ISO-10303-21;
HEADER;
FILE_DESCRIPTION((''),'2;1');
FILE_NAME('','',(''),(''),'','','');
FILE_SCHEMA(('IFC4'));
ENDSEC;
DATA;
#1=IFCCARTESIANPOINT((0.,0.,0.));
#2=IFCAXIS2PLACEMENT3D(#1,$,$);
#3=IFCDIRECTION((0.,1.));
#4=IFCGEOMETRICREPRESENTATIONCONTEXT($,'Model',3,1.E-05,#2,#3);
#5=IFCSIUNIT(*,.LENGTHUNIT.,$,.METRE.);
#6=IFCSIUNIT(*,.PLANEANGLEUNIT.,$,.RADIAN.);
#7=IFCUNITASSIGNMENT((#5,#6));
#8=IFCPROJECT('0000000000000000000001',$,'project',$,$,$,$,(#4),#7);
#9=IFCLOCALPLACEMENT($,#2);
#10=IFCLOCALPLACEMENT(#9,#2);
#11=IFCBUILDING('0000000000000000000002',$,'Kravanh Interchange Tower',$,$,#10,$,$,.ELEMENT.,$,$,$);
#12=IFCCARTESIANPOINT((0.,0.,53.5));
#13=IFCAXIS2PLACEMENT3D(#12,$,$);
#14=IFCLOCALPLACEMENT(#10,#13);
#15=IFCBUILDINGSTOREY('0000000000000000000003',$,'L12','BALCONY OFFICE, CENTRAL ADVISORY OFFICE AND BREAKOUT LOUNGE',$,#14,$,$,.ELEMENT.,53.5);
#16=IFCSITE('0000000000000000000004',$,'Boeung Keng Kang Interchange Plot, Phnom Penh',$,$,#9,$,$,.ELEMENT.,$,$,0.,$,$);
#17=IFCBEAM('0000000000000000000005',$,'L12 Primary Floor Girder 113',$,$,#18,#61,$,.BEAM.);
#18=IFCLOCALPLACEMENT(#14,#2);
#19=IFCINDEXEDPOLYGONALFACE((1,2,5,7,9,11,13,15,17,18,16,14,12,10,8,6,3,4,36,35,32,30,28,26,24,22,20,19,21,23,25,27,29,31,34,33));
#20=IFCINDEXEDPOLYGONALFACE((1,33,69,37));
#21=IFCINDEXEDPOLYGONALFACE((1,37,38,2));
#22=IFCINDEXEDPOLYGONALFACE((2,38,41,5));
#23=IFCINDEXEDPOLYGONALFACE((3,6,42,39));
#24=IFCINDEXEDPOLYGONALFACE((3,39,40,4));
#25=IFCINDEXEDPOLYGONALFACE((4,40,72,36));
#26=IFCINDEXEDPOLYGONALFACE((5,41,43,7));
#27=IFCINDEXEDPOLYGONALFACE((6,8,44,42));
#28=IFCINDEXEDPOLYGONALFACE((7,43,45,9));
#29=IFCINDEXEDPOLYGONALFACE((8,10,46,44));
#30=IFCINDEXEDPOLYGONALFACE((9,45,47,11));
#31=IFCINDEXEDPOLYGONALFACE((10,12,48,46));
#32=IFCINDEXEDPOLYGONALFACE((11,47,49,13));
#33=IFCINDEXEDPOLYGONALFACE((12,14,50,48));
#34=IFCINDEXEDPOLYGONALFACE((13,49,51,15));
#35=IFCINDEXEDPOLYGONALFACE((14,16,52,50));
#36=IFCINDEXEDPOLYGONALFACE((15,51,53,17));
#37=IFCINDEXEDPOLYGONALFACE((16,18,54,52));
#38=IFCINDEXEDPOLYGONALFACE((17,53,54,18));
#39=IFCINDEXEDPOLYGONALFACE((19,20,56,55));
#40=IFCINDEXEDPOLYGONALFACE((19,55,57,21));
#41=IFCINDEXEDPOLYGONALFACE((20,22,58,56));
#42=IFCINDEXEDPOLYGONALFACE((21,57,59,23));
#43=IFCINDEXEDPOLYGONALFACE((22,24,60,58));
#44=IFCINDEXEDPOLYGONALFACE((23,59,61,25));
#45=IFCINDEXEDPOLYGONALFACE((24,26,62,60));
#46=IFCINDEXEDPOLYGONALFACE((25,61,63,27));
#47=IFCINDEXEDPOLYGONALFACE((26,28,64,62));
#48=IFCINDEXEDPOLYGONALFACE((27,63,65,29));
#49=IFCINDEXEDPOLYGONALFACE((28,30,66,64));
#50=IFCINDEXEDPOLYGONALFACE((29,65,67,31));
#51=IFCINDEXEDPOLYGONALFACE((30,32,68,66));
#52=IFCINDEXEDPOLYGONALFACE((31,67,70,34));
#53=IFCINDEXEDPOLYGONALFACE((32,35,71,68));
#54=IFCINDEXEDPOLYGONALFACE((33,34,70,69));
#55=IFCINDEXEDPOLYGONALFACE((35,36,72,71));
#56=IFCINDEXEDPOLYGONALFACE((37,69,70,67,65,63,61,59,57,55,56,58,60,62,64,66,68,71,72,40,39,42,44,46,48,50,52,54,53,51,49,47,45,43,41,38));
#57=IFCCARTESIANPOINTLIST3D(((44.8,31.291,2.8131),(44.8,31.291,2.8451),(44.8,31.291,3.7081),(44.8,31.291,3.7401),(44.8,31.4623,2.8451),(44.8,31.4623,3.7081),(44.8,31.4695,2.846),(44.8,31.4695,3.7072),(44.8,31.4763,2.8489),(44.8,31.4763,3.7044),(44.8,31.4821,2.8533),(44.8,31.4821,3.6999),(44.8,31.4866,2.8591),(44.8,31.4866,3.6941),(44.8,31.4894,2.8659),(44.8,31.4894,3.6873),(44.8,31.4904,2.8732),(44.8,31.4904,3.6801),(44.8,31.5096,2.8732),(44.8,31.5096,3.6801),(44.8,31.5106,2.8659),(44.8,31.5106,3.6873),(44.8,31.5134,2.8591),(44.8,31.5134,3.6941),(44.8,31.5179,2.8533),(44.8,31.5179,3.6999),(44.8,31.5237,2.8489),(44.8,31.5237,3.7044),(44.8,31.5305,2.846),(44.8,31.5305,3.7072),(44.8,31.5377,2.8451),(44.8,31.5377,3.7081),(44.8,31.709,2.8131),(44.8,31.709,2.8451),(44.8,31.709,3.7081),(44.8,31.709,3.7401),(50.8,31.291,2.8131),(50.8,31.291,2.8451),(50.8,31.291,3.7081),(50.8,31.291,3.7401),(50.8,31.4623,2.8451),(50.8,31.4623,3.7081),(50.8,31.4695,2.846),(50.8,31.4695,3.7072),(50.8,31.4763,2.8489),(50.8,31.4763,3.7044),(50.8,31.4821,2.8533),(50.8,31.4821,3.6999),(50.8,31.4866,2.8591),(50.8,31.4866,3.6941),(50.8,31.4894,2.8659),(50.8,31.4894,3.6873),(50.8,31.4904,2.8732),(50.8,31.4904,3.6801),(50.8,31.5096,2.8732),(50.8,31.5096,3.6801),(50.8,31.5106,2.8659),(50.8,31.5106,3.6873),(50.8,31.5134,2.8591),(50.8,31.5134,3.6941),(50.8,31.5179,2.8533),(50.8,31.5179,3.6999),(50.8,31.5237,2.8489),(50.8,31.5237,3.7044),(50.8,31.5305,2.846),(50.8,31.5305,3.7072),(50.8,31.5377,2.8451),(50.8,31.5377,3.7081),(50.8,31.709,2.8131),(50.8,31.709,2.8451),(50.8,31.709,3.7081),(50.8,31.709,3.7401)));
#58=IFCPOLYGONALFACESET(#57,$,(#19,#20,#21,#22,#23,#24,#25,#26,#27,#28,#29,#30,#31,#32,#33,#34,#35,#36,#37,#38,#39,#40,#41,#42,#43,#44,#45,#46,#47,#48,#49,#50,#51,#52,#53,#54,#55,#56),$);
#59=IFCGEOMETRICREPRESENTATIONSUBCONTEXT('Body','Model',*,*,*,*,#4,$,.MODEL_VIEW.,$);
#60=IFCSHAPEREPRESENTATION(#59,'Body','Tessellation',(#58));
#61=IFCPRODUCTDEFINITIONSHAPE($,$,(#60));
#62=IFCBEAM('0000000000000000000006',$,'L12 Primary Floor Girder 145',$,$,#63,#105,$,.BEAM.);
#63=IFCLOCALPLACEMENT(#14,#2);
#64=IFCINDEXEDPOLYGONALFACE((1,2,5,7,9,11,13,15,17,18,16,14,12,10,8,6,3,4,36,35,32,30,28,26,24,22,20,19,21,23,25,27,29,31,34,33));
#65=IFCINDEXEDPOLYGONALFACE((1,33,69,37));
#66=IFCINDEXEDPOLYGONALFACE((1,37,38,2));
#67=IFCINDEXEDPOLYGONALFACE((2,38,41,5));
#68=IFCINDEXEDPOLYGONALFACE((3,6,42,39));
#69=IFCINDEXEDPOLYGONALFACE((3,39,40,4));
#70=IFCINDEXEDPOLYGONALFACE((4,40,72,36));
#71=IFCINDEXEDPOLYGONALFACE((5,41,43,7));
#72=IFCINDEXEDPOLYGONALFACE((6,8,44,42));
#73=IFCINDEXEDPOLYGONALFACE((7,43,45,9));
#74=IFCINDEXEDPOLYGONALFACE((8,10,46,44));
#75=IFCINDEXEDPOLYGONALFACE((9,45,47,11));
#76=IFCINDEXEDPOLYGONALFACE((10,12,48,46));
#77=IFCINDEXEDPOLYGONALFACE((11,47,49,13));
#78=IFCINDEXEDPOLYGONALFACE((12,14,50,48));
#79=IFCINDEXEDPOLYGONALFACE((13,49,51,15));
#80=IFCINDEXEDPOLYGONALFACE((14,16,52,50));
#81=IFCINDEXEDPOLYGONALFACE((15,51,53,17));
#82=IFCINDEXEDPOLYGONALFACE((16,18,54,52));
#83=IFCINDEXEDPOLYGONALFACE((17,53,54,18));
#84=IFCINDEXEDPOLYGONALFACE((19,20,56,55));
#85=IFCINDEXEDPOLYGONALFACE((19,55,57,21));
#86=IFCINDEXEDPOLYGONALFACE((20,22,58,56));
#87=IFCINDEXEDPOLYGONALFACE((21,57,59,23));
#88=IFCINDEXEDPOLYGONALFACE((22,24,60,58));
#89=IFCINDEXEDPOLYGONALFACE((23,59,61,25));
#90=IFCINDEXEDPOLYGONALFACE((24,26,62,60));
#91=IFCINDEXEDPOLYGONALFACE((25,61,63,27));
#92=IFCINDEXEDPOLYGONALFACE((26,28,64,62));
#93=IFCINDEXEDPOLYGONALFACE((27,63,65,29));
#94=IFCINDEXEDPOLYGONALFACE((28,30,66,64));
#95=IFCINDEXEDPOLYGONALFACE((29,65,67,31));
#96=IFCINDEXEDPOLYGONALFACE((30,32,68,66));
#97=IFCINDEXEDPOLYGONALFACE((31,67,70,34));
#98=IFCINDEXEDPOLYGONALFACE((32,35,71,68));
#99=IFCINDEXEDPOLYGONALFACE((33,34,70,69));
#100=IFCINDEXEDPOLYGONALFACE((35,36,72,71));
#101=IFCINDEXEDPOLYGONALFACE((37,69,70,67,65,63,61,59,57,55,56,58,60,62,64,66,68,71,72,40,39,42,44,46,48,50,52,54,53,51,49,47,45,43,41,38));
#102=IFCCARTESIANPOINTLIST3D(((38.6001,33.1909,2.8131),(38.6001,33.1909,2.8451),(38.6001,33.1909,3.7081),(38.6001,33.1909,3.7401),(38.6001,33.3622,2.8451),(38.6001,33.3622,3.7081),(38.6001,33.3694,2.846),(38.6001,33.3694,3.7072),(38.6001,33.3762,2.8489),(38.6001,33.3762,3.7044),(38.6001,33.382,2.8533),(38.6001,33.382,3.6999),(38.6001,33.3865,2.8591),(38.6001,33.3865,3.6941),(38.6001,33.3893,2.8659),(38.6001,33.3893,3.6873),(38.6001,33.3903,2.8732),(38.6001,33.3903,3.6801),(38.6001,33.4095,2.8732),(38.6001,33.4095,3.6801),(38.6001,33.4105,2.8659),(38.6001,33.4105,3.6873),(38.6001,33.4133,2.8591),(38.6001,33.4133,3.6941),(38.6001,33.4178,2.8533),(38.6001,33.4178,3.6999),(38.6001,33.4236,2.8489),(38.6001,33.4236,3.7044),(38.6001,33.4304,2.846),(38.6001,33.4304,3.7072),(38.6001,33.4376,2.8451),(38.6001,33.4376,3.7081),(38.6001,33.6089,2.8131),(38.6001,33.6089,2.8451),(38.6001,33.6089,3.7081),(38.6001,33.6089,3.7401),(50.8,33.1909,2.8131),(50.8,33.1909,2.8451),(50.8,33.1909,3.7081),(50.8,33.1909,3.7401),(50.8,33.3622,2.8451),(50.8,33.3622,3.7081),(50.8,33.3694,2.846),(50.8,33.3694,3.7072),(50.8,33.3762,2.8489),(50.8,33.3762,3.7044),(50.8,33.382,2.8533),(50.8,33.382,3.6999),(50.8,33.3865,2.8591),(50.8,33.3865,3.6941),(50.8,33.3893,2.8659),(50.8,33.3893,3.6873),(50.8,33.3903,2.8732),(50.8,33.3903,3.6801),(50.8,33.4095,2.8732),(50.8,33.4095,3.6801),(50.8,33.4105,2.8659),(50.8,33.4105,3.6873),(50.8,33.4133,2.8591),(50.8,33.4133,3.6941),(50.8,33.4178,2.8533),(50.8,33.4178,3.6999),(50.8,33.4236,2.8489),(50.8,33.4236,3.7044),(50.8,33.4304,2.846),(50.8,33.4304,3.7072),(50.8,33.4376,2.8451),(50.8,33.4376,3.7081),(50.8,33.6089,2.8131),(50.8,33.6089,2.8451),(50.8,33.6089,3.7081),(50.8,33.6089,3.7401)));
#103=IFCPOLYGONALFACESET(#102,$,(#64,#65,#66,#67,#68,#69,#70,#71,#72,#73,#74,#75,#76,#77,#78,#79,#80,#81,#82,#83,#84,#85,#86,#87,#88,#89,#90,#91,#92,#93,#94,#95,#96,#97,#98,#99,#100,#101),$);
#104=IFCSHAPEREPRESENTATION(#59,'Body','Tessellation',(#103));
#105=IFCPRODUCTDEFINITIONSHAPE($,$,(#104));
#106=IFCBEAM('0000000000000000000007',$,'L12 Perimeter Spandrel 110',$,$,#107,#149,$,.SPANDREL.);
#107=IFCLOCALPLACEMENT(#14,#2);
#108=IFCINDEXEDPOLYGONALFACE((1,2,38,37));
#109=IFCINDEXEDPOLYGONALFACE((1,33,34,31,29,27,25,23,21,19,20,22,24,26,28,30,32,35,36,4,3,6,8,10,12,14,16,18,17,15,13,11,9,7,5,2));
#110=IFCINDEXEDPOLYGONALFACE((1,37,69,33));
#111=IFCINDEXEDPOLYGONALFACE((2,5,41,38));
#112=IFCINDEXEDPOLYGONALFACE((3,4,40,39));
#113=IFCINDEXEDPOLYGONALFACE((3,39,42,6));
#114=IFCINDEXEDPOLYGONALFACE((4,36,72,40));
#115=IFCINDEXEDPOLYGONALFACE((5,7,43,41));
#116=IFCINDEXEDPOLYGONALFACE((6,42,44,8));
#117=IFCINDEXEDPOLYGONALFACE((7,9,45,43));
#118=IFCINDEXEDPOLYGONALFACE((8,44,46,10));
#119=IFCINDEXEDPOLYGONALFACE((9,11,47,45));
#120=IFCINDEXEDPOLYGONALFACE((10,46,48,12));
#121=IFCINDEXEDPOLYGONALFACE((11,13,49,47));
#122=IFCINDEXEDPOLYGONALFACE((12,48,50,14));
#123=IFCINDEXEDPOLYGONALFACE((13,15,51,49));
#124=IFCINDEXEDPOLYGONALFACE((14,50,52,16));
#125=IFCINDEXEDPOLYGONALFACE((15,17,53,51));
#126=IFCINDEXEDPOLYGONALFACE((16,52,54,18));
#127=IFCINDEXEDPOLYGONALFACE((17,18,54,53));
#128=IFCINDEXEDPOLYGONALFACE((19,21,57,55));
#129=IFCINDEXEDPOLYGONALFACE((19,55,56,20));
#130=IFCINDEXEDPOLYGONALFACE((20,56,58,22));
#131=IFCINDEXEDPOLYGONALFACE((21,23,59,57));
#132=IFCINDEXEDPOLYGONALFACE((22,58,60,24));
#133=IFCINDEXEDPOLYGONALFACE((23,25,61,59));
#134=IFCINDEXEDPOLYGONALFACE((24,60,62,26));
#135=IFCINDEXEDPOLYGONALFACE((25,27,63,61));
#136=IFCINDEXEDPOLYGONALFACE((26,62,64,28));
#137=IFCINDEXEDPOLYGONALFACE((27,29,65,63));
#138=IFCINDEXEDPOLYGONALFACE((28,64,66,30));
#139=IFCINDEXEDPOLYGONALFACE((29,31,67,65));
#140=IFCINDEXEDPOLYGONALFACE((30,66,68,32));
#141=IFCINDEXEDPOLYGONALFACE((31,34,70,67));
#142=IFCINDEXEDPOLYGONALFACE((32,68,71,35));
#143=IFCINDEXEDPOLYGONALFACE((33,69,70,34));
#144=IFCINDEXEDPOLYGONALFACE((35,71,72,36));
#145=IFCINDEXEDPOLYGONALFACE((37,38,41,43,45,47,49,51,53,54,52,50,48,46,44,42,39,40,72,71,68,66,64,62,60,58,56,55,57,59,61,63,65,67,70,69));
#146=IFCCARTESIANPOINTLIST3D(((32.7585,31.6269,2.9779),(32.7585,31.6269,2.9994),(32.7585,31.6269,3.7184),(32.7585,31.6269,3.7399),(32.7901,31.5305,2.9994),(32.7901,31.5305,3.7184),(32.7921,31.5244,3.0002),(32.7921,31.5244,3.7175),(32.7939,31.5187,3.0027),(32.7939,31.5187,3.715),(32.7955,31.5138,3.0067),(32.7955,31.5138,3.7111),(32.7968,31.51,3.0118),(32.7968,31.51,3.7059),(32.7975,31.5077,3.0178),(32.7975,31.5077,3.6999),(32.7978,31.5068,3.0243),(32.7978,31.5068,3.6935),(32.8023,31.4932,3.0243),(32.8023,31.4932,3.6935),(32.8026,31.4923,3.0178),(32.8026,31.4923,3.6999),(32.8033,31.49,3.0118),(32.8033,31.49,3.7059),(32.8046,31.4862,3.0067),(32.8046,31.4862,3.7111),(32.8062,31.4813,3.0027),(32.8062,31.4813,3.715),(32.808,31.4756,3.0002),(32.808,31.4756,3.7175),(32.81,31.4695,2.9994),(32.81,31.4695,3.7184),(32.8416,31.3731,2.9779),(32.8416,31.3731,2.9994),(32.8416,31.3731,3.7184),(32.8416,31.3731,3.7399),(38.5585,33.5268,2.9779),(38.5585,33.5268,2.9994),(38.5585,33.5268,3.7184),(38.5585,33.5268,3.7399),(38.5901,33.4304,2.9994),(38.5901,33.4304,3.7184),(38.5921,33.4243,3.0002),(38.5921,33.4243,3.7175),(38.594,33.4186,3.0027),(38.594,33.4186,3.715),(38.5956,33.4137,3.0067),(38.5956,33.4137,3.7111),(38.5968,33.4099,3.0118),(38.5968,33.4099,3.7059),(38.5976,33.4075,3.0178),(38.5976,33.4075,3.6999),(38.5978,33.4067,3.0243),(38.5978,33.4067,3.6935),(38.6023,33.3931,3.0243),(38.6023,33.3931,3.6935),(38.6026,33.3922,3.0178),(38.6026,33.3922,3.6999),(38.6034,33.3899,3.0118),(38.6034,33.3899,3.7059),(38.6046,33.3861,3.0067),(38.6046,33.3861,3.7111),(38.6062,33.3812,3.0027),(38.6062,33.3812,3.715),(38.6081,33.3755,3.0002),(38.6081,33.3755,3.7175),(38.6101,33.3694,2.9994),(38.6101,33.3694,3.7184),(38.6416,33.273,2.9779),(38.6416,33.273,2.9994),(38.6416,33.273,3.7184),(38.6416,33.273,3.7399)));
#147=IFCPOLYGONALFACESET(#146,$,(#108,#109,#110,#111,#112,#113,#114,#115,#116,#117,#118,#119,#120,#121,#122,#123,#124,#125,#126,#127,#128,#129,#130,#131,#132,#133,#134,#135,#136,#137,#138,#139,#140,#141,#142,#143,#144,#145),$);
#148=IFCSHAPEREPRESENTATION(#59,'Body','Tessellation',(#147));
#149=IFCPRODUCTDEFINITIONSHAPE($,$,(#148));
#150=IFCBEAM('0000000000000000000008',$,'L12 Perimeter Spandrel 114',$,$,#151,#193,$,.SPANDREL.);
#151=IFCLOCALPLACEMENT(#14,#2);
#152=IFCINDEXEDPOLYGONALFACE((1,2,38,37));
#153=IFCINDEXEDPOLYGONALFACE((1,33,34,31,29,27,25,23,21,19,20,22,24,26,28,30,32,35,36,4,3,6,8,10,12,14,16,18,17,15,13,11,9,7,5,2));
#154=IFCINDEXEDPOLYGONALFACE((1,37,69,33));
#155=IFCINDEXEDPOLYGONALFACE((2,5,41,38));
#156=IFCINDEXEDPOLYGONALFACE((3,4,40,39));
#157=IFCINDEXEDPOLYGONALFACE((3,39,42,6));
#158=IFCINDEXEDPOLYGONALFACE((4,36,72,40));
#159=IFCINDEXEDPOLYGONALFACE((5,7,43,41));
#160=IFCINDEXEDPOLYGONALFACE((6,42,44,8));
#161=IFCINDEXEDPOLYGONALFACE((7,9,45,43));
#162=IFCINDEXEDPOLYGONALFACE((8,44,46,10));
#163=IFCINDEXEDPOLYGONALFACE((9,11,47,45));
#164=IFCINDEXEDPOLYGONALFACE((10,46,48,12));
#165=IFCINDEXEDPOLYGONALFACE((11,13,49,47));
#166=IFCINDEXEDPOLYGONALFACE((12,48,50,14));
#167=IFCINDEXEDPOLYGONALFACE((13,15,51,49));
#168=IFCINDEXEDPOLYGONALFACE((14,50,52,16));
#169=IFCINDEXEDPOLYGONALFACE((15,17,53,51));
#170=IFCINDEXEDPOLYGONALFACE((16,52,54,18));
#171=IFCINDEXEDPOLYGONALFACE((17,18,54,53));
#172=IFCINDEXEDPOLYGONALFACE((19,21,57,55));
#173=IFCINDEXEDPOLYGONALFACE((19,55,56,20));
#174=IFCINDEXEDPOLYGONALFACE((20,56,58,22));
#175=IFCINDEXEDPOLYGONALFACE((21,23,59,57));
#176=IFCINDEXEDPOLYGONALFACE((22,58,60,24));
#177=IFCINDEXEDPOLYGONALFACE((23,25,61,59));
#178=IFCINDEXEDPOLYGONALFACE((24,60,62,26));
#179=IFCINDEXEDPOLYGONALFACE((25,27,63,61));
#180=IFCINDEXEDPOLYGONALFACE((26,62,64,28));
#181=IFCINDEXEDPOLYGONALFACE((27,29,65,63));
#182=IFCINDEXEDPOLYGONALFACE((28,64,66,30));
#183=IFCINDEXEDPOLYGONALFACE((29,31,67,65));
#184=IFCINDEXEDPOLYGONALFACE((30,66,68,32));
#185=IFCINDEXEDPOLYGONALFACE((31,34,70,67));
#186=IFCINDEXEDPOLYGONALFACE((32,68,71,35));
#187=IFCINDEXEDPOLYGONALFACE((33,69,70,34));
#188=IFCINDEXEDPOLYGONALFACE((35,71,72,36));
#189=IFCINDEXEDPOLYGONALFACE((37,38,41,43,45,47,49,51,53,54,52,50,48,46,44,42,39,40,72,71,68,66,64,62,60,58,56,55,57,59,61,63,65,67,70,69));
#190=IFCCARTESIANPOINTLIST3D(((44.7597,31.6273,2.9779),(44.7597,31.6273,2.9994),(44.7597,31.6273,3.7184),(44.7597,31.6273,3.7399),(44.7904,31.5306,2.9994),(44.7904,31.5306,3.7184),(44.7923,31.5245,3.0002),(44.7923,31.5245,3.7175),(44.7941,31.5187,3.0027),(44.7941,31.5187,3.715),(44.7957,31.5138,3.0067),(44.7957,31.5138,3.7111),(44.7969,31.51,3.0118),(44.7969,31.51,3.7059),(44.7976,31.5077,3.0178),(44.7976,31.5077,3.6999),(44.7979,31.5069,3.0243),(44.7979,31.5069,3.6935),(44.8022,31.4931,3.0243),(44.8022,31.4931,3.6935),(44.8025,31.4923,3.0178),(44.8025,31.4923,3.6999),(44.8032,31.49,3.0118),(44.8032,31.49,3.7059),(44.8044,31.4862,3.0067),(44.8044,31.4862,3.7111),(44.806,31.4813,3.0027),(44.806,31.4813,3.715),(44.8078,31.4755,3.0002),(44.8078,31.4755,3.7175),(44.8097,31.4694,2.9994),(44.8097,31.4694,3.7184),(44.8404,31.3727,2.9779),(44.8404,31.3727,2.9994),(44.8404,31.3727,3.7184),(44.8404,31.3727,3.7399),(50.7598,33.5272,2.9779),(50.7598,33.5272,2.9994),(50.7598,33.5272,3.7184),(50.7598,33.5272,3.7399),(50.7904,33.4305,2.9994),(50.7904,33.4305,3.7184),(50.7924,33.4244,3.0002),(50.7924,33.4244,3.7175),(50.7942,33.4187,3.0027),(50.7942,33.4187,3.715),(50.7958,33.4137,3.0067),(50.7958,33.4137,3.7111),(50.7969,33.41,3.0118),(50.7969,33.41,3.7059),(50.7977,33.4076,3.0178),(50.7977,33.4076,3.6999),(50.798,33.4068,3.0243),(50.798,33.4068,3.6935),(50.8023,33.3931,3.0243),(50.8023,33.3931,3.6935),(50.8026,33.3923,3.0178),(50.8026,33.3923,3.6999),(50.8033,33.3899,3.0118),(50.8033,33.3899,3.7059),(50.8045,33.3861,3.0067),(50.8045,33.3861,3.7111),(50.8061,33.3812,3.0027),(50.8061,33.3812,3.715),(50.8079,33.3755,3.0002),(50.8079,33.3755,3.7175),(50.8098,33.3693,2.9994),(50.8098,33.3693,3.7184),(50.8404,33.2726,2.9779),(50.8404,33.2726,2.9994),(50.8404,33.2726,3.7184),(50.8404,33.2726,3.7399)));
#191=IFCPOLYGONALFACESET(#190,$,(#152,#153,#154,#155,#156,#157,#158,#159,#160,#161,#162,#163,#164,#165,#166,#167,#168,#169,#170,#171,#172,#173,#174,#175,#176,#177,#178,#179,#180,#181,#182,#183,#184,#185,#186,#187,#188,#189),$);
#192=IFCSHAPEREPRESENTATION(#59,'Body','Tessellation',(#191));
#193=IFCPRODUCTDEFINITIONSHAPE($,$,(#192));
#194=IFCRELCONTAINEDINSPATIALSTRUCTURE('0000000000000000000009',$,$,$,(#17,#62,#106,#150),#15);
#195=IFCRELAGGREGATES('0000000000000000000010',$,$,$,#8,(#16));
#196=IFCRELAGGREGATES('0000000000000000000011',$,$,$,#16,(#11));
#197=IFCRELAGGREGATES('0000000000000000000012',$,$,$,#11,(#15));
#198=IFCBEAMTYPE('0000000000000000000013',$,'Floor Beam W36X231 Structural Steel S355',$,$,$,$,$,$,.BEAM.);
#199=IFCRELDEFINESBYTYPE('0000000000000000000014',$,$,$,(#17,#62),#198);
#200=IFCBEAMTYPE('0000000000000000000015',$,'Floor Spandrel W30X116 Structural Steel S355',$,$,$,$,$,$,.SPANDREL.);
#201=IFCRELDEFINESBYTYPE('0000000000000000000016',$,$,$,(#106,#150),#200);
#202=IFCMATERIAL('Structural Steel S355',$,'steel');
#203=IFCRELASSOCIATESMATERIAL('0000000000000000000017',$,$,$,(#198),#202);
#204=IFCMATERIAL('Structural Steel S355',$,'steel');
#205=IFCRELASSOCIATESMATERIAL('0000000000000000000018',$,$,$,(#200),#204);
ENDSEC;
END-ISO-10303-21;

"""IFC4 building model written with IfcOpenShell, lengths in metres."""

from ifc_helpers import new_model, si_unit, direction, frame, origin, origin_2d, place, context, subcontext, project, spatial, i_section, extrude, material, material_profile, profile_set, type_object, element, save


model = new_model("IFC4")

# Units and contexts
model_context = context("Model", 3, precision=1e-05, world=origin(), true_north=direction((0.0, 1.0)))
body_context = subcontext(model_context, "Body", "Model", "MODEL_VIEW")
ifc_project = project(units=[si_unit("LENGTHUNIT", "METRE"), si_unit("PLANEANGLEUNIT", "RADIAN")], contexts=[model_context])

# Site, building, storey
site_placement = place(None, origin())
site = spatial("IfcSite", under=ifc_project, at=site_placement, Name="Boeung Keng Kang Interchange Plot, Phnom Penh", CompositionType="ELEMENT", RefElevation=0.0)
building_placement = place(site_placement, origin())
building = spatial("IfcBuilding", under=site, at=building_placement, Name="Kravanh Interchange Tower", CompositionType="ELEMENT")
storey_placement = place(building_placement, frame((0.0, 0.0, 53.5)))
storey = spatial("IfcBuildingStorey", under=building, at=storey_placement, Name="L12", Description="BALCONY OFFICE, CENTRAL ADVISORY OFFICE AND BREAKOUT LOUNGE", CompositionType="ELEMENT", Elevation=53.5)

# Beams
ifc_material_1 = material(Name="Structural Steel S355", Category="steel")
ifc_material_profile_1 = material_profile(ifc_material_1, i_section(OverallWidth=0.418, OverallDepth=0.927, WebThickness=0.0193, FlangeThickness=0.032, FilletRadius=0.0281, at=origin_2d()), Name="W36X231")
ifc_profile_set_1 = profile_set([ifc_material_profile_1], Name="Structural Steel S355")
beam_type_1 = type_object("IfcBeamType", Name="Floor Beam W36X231 Structural Steel S355", PredefinedType="BEAM", material=ifc_profile_set_1)
beam_1_placement = place(storey_placement, frame((44.8, 31.5, 3.2766), z_axis=(1.0, 0.0, 0.0), x_axis=(0.0, 1.0, 0.0)))
element("IfcBeam", 1, at=beam_1_placement, inside=storey, type_object=beam_type_1, Name="L12 Primary Floor Girder 113", PredefinedType="BEAM", context=body_context, shape_type="SweptSolid", body=[
    extrude(i_section(OverallWidth=0.418, OverallDepth=0.927, WebThickness=0.0193, FlangeThickness=0.032, FilletRadius=0.0281, at=origin_2d()), origin(), (0.0, 0.0, 1.0), 6.0),
])
beam_2_placement = place(storey_placement, frame((38.6001, 33.3999, 3.2766), z_axis=(1.0, 0.0, 0.0), x_axis=(0.0, 1.0, 0.0)))
element("IfcBeam", 2, at=beam_2_placement, inside=storey, type_object=beam_type_1, Name="L12 Primary Floor Girder 145", PredefinedType="BEAM", context=body_context, shape_type="SweptSolid", body=[
    extrude(i_section(OverallWidth=0.418, OverallDepth=0.927, WebThickness=0.0193, FlangeThickness=0.032, FilletRadius=0.0281, at=origin_2d()), origin(), (0.0, 0.0, 1.0), 12.2),
])
ifc_material_2 = material(Name="Structural Steel S355", Category="steel")
ifc_material_profile_2 = material_profile(ifc_material_2, i_section(OverallWidth=0.2671, OverallDepth=0.762, WebThickness=0.0144, FlangeThickness=0.0215, FilletRadius=0.0249, at=origin_2d()), Name="W30X116")
ifc_profile_set_2 = profile_set([ifc_material_profile_2], Name="Structural Steel S355")
beam_type_2 = type_object("IfcBeamType", Name="Floor Spandrel W30X116 Structural Steel S355", PredefinedType="SPANDREL", material=ifc_profile_set_2)
beam_3_placement = place(storey_placement, frame((32.8, 31.5, 3.3589), z_axis=(0.950315, 0.311291, 0.0), x_axis=(-0.311291, 0.950315, 0.0)))
element("IfcBeam", 3, at=beam_3_placement, inside=storey, type_object=beam_type_2, Name="L12 Perimeter Spandrel 110", PredefinedType="SPANDREL", context=body_context, shape_type="SweptSolid", body=[
    extrude(i_section(OverallWidth=0.2671, OverallDepth=0.762, WebThickness=0.0144, FlangeThickness=0.0215, FilletRadius=0.0249, at=origin_2d()), origin(), (0.0, 0.0, 1.0), 6.1033),
])
beam_4_placement = place(storey_placement, frame((44.8, 31.5, 3.3589), z_axis=(0.953347, 0.301878, 0.0), x_axis=(-0.301878, 0.953347, 0.0)))
element("IfcBeam", 4, at=beam_4_placement, inside=storey, type_object=beam_type_2, Name="L12 Perimeter Spandrel 114", PredefinedType="SPANDREL", context=body_context, shape_type="SweptSolid", body=[
    extrude(i_section(OverallWidth=0.2671, OverallDepth=0.762, WebThickness=0.0144, FlangeThickness=0.0215, FilletRadius=0.0249, at=origin_2d()), origin(), (0.0, 0.0, 1.0), 6.2937),
])

save(model, "model.ifc")
